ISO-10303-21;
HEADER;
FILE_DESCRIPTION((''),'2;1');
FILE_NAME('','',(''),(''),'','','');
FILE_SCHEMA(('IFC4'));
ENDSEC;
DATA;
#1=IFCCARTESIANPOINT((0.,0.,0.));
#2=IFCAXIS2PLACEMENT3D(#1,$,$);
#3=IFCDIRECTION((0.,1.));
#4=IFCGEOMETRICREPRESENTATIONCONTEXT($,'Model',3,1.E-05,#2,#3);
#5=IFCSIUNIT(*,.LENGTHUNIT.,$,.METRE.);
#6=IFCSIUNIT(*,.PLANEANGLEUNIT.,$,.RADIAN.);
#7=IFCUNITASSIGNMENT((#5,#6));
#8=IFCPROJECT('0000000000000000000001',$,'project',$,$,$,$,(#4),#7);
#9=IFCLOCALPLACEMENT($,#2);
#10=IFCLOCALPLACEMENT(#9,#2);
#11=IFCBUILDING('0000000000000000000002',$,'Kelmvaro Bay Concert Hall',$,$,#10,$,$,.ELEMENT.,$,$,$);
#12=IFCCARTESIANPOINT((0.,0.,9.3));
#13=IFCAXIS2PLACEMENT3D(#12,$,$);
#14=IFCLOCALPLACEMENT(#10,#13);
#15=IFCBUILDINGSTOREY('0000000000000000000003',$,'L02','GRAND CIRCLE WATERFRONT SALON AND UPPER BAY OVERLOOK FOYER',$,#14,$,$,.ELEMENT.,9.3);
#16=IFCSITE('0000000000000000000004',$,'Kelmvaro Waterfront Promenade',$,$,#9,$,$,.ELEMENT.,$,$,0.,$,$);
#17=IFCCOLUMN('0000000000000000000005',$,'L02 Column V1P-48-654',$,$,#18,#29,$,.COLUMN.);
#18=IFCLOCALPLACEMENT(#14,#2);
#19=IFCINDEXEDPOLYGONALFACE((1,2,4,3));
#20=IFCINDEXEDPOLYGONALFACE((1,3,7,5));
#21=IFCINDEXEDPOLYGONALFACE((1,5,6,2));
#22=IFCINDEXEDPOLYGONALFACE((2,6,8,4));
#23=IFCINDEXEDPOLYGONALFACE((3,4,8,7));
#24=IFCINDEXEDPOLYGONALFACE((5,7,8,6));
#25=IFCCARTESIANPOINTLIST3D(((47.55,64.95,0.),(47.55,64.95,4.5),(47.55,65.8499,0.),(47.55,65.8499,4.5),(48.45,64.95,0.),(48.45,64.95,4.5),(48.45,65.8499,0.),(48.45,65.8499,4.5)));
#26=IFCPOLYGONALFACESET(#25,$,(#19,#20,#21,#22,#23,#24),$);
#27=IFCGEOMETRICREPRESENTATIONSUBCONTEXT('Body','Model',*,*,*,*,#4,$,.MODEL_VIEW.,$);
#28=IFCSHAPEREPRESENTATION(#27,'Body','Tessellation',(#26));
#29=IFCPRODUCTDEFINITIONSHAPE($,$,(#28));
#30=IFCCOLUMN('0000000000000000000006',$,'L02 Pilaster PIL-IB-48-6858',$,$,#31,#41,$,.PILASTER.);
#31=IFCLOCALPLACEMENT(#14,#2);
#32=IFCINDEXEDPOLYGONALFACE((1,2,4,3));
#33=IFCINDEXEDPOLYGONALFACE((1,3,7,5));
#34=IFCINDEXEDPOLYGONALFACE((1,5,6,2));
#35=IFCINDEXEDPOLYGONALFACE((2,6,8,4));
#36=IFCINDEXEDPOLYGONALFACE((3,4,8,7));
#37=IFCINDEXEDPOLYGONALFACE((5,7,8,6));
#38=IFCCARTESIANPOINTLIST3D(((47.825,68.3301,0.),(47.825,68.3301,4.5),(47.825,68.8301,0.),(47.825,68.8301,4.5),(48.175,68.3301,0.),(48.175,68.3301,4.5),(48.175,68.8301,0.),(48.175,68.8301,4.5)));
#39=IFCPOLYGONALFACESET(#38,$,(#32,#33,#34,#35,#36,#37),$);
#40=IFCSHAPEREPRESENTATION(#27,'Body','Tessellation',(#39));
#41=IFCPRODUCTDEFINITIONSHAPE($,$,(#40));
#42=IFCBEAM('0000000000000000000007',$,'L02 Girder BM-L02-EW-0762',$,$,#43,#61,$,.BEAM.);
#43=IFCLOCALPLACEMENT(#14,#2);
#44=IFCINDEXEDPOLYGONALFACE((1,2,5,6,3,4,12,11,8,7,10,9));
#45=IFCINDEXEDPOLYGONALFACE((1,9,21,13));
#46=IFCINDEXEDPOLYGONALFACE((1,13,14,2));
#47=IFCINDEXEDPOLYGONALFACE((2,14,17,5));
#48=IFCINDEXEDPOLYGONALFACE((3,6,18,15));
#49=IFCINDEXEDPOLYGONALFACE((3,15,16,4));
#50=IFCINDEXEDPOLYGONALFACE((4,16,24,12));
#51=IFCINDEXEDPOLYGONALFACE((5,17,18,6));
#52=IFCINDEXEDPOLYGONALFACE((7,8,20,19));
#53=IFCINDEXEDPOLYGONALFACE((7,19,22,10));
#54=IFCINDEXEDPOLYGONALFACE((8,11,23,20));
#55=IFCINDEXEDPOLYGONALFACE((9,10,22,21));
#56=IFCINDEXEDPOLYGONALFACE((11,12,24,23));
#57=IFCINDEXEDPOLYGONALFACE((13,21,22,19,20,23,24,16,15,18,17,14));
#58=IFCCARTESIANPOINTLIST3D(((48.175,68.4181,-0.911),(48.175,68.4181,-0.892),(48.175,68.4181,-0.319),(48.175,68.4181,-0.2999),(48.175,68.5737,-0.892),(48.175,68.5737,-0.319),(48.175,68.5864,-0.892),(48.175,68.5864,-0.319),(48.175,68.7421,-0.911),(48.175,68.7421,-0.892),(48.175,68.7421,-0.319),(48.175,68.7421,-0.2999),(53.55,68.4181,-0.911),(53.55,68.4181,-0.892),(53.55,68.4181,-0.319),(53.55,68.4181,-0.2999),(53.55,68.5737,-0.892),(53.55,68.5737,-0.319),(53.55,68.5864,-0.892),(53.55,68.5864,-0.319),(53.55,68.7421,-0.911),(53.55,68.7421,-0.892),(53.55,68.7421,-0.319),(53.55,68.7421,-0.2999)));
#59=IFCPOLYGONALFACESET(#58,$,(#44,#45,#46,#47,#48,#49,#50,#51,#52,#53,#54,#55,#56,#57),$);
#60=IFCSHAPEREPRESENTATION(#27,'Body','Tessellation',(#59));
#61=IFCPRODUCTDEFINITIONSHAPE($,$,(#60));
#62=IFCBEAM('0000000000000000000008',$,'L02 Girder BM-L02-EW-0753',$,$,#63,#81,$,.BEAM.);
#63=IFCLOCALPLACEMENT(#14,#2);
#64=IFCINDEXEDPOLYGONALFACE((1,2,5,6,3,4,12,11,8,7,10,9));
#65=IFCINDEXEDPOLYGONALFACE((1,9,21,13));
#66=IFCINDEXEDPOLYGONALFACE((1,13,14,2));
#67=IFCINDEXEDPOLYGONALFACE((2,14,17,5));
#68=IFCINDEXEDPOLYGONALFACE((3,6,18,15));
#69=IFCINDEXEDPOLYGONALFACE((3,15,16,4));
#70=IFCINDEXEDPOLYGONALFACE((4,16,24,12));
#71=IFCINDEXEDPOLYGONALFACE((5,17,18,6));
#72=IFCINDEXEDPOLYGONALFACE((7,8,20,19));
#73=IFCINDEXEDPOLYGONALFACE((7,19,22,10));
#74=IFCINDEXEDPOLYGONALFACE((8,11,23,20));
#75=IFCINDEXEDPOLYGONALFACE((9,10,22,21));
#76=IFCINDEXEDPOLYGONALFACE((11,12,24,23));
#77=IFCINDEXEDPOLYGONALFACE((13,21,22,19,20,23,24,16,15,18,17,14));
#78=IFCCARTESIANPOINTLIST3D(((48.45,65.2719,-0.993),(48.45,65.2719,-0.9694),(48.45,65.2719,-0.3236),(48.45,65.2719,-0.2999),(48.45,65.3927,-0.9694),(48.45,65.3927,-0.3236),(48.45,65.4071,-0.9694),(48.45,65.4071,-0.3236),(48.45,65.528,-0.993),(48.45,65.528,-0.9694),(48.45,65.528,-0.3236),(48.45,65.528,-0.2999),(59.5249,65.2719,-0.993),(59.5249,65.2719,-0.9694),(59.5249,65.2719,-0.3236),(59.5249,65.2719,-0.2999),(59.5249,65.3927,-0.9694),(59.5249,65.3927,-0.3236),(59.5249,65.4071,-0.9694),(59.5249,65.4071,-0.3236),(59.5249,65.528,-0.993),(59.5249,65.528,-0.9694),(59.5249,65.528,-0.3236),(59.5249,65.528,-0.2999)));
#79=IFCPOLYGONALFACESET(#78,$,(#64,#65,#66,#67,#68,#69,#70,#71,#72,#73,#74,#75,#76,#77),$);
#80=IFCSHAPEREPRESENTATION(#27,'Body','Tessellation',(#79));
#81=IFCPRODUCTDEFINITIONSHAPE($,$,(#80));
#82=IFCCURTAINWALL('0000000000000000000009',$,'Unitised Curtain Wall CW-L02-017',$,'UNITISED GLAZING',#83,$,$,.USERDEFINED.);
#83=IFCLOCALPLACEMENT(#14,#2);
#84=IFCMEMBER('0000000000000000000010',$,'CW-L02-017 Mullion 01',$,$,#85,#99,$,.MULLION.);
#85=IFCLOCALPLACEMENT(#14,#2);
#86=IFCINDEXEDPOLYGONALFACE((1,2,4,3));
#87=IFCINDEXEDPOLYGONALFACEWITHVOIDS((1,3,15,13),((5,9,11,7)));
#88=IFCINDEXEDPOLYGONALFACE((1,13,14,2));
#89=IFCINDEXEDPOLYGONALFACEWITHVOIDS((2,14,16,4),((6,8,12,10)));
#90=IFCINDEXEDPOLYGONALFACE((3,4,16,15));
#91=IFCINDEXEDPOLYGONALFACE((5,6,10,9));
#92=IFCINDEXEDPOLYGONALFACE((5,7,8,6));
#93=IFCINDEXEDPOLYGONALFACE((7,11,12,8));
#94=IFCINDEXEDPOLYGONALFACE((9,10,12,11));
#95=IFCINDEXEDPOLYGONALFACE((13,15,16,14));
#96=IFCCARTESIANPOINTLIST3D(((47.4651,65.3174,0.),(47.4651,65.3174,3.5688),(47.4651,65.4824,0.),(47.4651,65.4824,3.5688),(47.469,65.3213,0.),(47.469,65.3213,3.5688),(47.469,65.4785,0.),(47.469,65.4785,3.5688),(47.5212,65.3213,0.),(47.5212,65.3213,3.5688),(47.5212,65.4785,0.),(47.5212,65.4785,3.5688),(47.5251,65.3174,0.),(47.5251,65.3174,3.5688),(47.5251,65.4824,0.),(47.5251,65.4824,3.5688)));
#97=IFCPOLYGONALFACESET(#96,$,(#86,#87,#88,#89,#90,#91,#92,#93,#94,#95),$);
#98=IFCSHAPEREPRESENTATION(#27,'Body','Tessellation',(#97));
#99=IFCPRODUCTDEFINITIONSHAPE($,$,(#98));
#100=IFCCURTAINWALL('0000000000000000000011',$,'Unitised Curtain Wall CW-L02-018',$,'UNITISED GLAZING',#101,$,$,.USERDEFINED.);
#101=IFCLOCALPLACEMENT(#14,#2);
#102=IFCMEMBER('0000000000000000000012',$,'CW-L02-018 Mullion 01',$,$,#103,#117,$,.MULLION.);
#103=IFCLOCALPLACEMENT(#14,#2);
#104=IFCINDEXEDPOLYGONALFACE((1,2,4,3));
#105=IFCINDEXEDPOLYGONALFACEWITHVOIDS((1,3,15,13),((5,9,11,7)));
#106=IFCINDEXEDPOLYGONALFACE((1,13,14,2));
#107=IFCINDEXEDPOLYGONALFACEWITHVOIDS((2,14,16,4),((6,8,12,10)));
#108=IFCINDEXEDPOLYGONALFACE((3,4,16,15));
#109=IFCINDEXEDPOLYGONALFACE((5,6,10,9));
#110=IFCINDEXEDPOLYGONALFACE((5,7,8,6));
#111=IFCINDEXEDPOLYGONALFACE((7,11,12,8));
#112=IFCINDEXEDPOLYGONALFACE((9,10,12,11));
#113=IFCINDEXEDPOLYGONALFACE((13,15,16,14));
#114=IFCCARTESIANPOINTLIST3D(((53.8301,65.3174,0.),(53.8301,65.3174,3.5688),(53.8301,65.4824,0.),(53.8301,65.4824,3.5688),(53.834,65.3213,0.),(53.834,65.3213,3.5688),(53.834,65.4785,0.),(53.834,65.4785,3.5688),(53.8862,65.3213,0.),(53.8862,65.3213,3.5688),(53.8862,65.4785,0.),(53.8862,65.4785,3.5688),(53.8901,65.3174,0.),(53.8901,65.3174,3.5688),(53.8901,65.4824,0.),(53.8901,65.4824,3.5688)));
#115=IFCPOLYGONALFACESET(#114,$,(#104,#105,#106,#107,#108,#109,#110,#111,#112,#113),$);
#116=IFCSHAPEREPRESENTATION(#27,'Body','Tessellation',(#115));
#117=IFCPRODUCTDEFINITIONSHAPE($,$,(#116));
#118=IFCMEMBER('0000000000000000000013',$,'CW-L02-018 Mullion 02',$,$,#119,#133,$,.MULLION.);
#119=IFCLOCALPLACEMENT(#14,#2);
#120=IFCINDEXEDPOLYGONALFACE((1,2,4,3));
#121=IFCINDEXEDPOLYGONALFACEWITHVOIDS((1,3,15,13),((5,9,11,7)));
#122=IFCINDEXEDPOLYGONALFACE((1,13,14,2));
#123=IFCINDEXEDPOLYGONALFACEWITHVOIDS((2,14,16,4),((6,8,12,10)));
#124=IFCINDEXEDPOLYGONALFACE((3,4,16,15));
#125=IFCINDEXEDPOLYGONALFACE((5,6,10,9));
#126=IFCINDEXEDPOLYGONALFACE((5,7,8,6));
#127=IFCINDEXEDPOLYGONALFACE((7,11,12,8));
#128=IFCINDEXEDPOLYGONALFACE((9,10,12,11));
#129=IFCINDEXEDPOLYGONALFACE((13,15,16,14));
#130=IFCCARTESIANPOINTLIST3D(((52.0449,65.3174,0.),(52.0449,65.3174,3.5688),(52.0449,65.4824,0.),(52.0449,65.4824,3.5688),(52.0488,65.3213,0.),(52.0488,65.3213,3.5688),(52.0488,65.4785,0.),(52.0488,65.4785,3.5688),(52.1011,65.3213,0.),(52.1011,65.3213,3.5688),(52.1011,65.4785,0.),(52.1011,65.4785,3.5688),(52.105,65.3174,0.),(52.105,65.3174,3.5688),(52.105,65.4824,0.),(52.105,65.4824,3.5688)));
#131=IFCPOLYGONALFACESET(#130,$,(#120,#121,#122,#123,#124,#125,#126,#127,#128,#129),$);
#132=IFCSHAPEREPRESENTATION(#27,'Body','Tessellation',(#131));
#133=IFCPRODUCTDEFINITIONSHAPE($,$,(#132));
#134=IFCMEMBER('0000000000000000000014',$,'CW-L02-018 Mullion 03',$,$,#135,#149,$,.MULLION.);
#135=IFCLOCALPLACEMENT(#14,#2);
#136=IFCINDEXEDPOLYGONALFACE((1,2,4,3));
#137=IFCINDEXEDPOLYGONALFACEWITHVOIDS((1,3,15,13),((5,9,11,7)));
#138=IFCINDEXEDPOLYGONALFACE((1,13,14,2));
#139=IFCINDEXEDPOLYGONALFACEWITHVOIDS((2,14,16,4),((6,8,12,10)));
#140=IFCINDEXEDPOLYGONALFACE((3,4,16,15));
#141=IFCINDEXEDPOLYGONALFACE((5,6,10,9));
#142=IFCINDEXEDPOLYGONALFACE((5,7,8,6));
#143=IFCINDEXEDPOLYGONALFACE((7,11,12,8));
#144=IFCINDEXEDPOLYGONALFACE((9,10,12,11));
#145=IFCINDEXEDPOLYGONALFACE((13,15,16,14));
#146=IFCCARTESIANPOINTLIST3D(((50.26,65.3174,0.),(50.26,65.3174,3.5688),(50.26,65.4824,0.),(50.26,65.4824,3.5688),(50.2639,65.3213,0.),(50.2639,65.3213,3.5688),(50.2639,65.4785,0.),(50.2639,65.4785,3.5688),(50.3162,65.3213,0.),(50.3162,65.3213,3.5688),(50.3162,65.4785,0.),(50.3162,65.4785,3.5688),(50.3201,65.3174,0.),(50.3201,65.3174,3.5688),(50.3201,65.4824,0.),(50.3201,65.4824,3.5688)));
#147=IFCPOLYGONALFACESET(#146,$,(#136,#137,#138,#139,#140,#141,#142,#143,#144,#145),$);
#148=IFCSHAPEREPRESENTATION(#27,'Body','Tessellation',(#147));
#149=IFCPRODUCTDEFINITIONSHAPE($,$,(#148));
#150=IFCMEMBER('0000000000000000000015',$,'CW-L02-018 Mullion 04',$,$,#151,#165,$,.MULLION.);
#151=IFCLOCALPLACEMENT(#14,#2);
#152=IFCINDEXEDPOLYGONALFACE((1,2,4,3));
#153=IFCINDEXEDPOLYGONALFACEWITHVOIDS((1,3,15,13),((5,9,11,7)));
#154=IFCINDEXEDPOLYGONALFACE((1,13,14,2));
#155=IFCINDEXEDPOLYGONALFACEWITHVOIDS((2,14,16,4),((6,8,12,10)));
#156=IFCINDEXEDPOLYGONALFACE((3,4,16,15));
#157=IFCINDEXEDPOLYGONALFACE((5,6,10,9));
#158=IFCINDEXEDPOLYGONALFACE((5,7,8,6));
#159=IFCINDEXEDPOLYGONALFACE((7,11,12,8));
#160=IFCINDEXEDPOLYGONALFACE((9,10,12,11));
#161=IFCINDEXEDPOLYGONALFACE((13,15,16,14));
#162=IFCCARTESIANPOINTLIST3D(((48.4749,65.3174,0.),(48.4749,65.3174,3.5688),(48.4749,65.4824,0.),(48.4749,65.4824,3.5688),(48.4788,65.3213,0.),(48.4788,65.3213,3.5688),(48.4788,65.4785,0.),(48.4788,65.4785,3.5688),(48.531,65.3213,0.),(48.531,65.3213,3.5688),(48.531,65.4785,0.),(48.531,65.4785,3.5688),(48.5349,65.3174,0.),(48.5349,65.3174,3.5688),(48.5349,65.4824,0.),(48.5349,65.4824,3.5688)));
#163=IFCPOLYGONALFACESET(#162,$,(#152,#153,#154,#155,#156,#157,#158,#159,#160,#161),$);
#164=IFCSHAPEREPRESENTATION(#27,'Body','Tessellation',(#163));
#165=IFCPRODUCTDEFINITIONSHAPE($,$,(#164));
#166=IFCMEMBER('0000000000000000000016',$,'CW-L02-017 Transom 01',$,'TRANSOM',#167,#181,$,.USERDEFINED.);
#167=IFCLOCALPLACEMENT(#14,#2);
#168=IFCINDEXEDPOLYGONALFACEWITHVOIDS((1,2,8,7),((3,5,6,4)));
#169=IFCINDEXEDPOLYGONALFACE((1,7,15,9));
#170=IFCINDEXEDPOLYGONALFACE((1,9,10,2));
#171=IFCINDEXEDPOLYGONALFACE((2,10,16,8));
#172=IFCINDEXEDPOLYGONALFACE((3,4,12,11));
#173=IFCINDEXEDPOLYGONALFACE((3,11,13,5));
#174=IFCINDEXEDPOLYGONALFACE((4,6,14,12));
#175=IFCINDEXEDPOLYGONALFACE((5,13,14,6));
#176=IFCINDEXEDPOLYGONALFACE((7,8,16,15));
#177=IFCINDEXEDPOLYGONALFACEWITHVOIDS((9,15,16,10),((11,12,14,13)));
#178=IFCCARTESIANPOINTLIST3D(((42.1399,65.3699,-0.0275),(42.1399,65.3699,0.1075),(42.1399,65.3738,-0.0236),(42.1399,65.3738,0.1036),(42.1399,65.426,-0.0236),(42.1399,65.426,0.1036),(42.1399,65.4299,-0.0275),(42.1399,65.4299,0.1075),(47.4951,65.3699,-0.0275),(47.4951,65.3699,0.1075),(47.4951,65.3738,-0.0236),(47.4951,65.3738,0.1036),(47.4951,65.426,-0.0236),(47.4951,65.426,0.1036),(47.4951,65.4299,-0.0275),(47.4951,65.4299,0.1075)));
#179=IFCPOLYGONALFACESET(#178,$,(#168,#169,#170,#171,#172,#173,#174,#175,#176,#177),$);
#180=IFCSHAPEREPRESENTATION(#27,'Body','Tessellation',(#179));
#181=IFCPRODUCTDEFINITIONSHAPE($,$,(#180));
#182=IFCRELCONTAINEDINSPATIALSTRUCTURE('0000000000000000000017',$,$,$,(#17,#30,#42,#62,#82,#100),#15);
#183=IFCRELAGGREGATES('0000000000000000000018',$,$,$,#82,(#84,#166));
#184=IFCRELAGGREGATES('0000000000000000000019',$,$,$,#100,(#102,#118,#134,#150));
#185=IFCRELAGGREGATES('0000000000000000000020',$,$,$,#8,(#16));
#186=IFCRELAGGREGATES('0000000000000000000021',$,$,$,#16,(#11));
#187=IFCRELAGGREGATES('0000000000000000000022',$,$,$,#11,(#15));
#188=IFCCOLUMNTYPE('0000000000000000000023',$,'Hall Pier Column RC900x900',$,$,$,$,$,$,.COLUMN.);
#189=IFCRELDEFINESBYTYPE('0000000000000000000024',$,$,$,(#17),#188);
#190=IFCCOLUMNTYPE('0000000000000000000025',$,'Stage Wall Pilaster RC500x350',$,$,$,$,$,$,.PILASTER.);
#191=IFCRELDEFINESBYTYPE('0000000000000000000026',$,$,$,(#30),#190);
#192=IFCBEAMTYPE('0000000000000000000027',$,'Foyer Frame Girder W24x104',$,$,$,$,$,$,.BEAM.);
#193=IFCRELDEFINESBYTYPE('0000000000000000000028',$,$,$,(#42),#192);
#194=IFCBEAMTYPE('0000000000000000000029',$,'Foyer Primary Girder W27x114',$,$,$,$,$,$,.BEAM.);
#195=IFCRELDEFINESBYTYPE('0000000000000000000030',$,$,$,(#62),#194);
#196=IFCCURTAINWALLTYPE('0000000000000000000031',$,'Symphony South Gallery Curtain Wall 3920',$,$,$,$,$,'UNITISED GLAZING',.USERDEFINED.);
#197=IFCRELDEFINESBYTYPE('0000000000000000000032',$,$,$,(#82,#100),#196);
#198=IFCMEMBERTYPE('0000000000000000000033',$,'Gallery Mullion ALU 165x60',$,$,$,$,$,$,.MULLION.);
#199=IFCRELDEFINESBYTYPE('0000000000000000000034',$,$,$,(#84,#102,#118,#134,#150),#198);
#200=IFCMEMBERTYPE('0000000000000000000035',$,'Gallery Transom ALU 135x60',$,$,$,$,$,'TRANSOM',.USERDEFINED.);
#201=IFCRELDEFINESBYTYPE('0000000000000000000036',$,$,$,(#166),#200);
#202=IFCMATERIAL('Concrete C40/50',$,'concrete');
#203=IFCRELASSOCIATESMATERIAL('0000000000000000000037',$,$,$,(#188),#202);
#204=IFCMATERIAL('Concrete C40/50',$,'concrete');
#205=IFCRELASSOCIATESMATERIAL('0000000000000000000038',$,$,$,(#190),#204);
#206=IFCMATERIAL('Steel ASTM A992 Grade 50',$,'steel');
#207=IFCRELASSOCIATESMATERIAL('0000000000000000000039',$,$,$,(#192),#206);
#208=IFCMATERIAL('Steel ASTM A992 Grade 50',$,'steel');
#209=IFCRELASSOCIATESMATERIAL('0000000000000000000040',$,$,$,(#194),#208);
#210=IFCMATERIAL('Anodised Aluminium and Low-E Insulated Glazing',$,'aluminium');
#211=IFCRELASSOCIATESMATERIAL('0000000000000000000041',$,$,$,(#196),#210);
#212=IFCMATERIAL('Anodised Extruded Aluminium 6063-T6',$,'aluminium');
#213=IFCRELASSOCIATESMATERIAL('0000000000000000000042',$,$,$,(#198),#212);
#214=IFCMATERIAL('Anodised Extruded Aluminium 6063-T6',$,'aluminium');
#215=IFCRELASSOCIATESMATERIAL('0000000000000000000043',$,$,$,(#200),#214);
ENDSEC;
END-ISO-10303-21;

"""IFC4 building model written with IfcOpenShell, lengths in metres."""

from ifc_helpers import new_model, si_unit, direction, frame, origin, origin_2d, place, context, subcontext, project, spatial, rectangle, hollow_rectangle, i_section, extrude, material, material_profile, profile_set, type_object, element, aggregate, save


model = new_model("IFC4")

# Units and contexts
model_context = context("Model", 3, precision=1e-05, world=origin(), true_north=direction((0.0, 1.0)))
body_context = subcontext(model_context, "Body", "Model", "MODEL_VIEW")
ifc_project = project(units=[si_unit("LENGTHUNIT", "METRE"), si_unit("PLANEANGLEUNIT", "RADIAN")], contexts=[model_context])

# Site, building, storey
site_placement = place(None, origin())
site = spatial("IfcSite", under=ifc_project, at=site_placement, Name="Kelmvaro Waterfront Promenade", CompositionType="ELEMENT", RefElevation=0.0)
building_placement = place(site_placement, origin())
building = spatial("IfcBuilding", under=site, at=building_placement, Name="Kelmvaro Bay Concert Hall", CompositionType="ELEMENT")
storey_placement = place(building_placement, frame((0.0, 0.0, 9.3)))
storey = spatial("IfcBuildingStorey", under=building, at=storey_placement, Name="L02", Description="GRAND CIRCLE WATERFRONT SALON AND UPPER BAY OVERLOOK FOYER", CompositionType="ELEMENT", Elevation=9.3)

# Columns
ifc_material_1 = material(Name="Concrete C40/50", Category="concrete")
ifc_material_profile_1 = material_profile(ifc_material_1, rectangle(XDim=0.8999, YDim=0.8999, at=origin_2d()), Name="RC-COL-900X900")
ifc_profile_set_1 = profile_set([ifc_material_profile_1], Name="Concrete C40/50")
column_type_1 = type_object("IfcColumnType", Name="Hall Pier Column RC900x900", PredefinedType="COLUMN", material=ifc_profile_set_1)
column_1_placement = place(storey_placement, frame((48.0, 65.3999, 0.0), z_axis=(0.0, 0.0, 1.0), x_axis=(1.0, 0.0, 0.0)))
element("IfcColumn", 1, at=column_1_placement, inside=storey, type_object=column_type_1, Name="L02 Column V1P-48-654", PredefinedType="COLUMN", context=body_context, shape_type="SweptSolid", body=[
    extrude(rectangle(XDim=0.8999, YDim=0.8999, at=origin_2d()), origin(), (0.0, 0.0, 1.0), 4.5),
])
ifc_material_2 = material(Name="Concrete C40/50", Category="concrete")
ifc_material_profile_2 = material_profile(ifc_material_2, rectangle(XDim=0.3501, YDim=0.5, at=origin_2d()), Name="RC-PIL-500X350")
ifc_profile_set_2 = profile_set([ifc_material_profile_2], Name="Concrete C40/50")
column_type_2 = type_object("IfcColumnType", Name="Stage Wall Pilaster RC500x350", PredefinedType="PILASTER", material=ifc_profile_set_2)
column_2_placement = place(storey_placement, frame((48.0, 68.5801, 0.0), z_axis=(0.0, 0.0, 1.0), x_axis=(1.0, 0.0, 0.0)))
element("IfcColumn", 2, at=column_2_placement, inside=storey, type_object=column_type_2, Name="L02 Pilaster PIL-IB-48-6858", PredefinedType="PILASTER", context=body_context, shape_type="SweptSolid", body=[
    extrude(rectangle(XDim=0.3501, YDim=0.5, at=origin_2d()), origin(), (0.0, 0.0, 1.0), 4.5),
])

# Beams
ifc_material_3 = material(Name="Steel ASTM A992 Grade 50", Category="steel")
ifc_material_profile_3 = material_profile(ifc_material_3, i_section(OverallWidth=0.324, OverallDepth=0.6111, WebThickness=0.0127, FlangeThickness=0.019, at=origin_2d()), Name="W24X104")
ifc_profile_set_3 = profile_set([ifc_material_profile_3], Name="Steel ASTM A992 Grade 50")
beam_type_1 = type_object("IfcBeamType", Name="Foyer Frame Girder W24x104", PredefinedType="BEAM", material=ifc_profile_set_3)
beam_1_placement = place(storey_placement, frame((48.175, 68.5801, -0.6055), z_axis=(1.0, 0.0, 0.0), x_axis=(0.0, 1.0, 0.0)))
element("IfcBeam", 3, at=beam_1_placement, inside=storey, type_object=beam_type_1, Name="L02 Girder BM-L02-EW-0762", PredefinedType="BEAM", context=body_context, shape_type="SweptSolid", body=[
    extrude(i_section(OverallWidth=0.324, OverallDepth=0.6111, WebThickness=0.0127, FlangeThickness=0.019, at=origin_2d()), origin(), (0.0, 0.0, 1.0), 5.375),
])
ifc_material_4 = material(Name="Steel ASTM A992 Grade 50", Category="steel")
ifc_material_profile_4 = material_profile(ifc_material_4, i_section(OverallWidth=0.2561, OverallDepth=0.6931, WebThickness=0.0144, FlangeThickness=0.0237, at=origin_2d()), Name="W27X114")
ifc_profile_set_4 = profile_set([ifc_material_profile_4], Name="Steel ASTM A992 Grade 50")
beam_type_2 = type_object("IfcBeamType", Name="Foyer Primary Girder W27x114", PredefinedType="BEAM", material=ifc_profile_set_4)
beam_2_placement = place(storey_placement, frame((48.45, 65.3999, -0.6465), z_axis=(1.0, 0.0, 0.0), x_axis=(0.0, 1.0, 0.0)))
element("IfcBeam", 4, at=beam_2_placement, inside=storey, type_object=beam_type_2, Name="L02 Girder BM-L02-EW-0753", PredefinedType="BEAM", context=body_context, shape_type="SweptSolid", body=[
    extrude(i_section(OverallWidth=0.2561, OverallDepth=0.6931, WebThickness=0.0144, FlangeThickness=0.0237, at=origin_2d()), origin(), (0.0, 0.0, 1.0), 11.075),
])

# Curtain wall, member
ifc_material_5 = material(Name="Anodised Aluminium and Low-E Insulated Glazing", Category="aluminium")
curtain_wall_type = type_object("IfcCurtainWallType", Name="Symphony South Gallery Curtain Wall 3920", ElementType="UNITISED GLAZING", PredefinedType="USERDEFINED", material=ifc_material_5)
curtain_wall_1_placement = place(storey_placement, origin())
curtain_wall_1 = element("IfcCurtainWall", 5, at=curtain_wall_1_placement, inside=storey, type_object=curtain_wall_type, Name="Unitised Curtain Wall CW-L02-017", ObjectType="UNITISED GLAZING", PredefinedType="USERDEFINED")
ifc_material_6 = material(Name="Anodised Extruded Aluminium 6063-T6", Category="aluminium")
ifc_material_profile_5 = material_profile(ifc_material_6, hollow_rectangle(XDim=0.0601, YDim=0.165, WallThickness=0.0039, at=origin_2d()), Name="ALU-MUL-165X60")
ifc_profile_set_5 = profile_set([ifc_material_profile_5], Name="Anodised Extruded Aluminium 6063-T6")
member_type_1 = type_object("IfcMemberType", Name="Gallery Mullion ALU 165x60", PredefinedType="MULLION", material=ifc_profile_set_5)
member_1_placement = place(storey_placement, frame((47.4951, 65.3999, 0.0), z_axis=(0.0, 0.0, 1.0), x_axis=(1.0, 0.0, 0.0)))
member_1 = element("IfcMember", 6, at=member_1_placement, type_object=member_type_1, Name="CW-L02-017 Mullion 01", PredefinedType="MULLION", context=body_context, shape_type="SweptSolid", body=[
    extrude(hollow_rectangle(XDim=0.0601, YDim=0.165, WallThickness=0.0039, at=origin_2d()), origin(), (0.0, 0.0, 1.0), 3.5688),
])

# Curtain wall, members
curtain_wall_2_placement = place(storey_placement, origin())
curtain_wall_2 = element("IfcCurtainWall", 7, at=curtain_wall_2_placement, inside=storey, type_object=curtain_wall_type, Name="Unitised Curtain Wall CW-L02-018", ObjectType="UNITISED GLAZING", PredefinedType="USERDEFINED")
member_2_placement = place(storey_placement, frame((53.8601, 65.3999, 0.0), z_axis=(0.0, 0.0, 1.0), x_axis=(1.0, 0.0, 0.0)))
member_2 = element("IfcMember", 8, at=member_2_placement, type_object=member_type_1, Name="CW-L02-018 Mullion 01", PredefinedType="MULLION", context=body_context, shape_type="SweptSolid", body=[
    extrude(hollow_rectangle(XDim=0.0601, YDim=0.165, WallThickness=0.0039, at=origin_2d()), origin(), (0.0, 0.0, 1.0), 3.5688),
])
member_3_placement = place(storey_placement, frame((52.075, 65.3999, 0.0), z_axis=(0.0, 0.0, 1.0), x_axis=(1.0, 0.0, 0.0)))
member_3 = element("IfcMember", 9, at=member_3_placement, type_object=member_type_1, Name="CW-L02-018 Mullion 02", PredefinedType="MULLION", context=body_context, shape_type="SweptSolid", body=[
    extrude(hollow_rectangle(XDim=0.0601, YDim=0.165, WallThickness=0.0039, at=origin_2d()), origin(), (0.0, 0.0, 1.0), 3.5688),
])
member_4_placement = place(storey_placement, frame((50.29, 65.3999, 0.0), z_axis=(0.0, 0.0, 1.0), x_axis=(1.0, 0.0, 0.0)))
member_4 = element("IfcMember", 10, at=member_4_placement, type_object=member_type_1, Name="CW-L02-018 Mullion 03", PredefinedType="MULLION", context=body_context, shape_type="SweptSolid", body=[
    extrude(hollow_rectangle(XDim=0.0601, YDim=0.165, WallThickness=0.0039, at=origin_2d()), origin(), (0.0, 0.0, 1.0), 3.5688),
])
member_5_placement = place(storey_placement, frame((48.5049, 65.3999, 0.0), z_axis=(0.0, 0.0, 1.0), x_axis=(1.0, 0.0, 0.0)))
member_5 = element("IfcMember", 11, at=member_5_placement, type_object=member_type_1, Name="CW-L02-018 Mullion 04", PredefinedType="MULLION", context=body_context, shape_type="SweptSolid", body=[
    extrude(hollow_rectangle(XDim=0.0601, YDim=0.165, WallThickness=0.0039, at=origin_2d()), origin(), (0.0, 0.0, 1.0), 3.5688),
])

# Member
ifc_material_7 = material(Name="Anodised Extruded Aluminium 6063-T6", Category="aluminium")
ifc_material_profile_6 = material_profile(ifc_material_7, hollow_rectangle(XDim=0.0601, YDim=0.135, WallThickness=0.0039, at=origin_2d()), Name="ALU-TRN-135X60")
ifc_profile_set_6 = profile_set([ifc_material_profile_6], Name="Anodised Extruded Aluminium 6063-T6")
member_type_2 = type_object("IfcMemberType", Name="Gallery Transom ALU 135x60", ElementType="TRANSOM", PredefinedType="USERDEFINED", material=ifc_profile_set_6)
member_6_placement = place(storey_placement, frame((47.4951, 65.3999, 0.04), z_axis=(-1.0, 0.0, 0.0), x_axis=(0.0, -1.0, 0.0)))
member_6 = element("IfcMember", 12, at=member_6_placement, type_object=member_type_2, Name="CW-L02-017 Transom 01", ObjectType="TRANSOM", PredefinedType="USERDEFINED", context=body_context, shape_type="SweptSolid", body=[
    extrude(hollow_rectangle(XDim=0.0601, YDim=0.135, WallThickness=0.0039, at=origin_2d()), origin(), (0.0, 0.0, 1.0), 5.3552),
])

aggregate(curtain_wall_1, [member_1, member_6])
aggregate(curtain_wall_2, [member_2, member_3, member_4, member_5])

save(model, "model.ifc")
